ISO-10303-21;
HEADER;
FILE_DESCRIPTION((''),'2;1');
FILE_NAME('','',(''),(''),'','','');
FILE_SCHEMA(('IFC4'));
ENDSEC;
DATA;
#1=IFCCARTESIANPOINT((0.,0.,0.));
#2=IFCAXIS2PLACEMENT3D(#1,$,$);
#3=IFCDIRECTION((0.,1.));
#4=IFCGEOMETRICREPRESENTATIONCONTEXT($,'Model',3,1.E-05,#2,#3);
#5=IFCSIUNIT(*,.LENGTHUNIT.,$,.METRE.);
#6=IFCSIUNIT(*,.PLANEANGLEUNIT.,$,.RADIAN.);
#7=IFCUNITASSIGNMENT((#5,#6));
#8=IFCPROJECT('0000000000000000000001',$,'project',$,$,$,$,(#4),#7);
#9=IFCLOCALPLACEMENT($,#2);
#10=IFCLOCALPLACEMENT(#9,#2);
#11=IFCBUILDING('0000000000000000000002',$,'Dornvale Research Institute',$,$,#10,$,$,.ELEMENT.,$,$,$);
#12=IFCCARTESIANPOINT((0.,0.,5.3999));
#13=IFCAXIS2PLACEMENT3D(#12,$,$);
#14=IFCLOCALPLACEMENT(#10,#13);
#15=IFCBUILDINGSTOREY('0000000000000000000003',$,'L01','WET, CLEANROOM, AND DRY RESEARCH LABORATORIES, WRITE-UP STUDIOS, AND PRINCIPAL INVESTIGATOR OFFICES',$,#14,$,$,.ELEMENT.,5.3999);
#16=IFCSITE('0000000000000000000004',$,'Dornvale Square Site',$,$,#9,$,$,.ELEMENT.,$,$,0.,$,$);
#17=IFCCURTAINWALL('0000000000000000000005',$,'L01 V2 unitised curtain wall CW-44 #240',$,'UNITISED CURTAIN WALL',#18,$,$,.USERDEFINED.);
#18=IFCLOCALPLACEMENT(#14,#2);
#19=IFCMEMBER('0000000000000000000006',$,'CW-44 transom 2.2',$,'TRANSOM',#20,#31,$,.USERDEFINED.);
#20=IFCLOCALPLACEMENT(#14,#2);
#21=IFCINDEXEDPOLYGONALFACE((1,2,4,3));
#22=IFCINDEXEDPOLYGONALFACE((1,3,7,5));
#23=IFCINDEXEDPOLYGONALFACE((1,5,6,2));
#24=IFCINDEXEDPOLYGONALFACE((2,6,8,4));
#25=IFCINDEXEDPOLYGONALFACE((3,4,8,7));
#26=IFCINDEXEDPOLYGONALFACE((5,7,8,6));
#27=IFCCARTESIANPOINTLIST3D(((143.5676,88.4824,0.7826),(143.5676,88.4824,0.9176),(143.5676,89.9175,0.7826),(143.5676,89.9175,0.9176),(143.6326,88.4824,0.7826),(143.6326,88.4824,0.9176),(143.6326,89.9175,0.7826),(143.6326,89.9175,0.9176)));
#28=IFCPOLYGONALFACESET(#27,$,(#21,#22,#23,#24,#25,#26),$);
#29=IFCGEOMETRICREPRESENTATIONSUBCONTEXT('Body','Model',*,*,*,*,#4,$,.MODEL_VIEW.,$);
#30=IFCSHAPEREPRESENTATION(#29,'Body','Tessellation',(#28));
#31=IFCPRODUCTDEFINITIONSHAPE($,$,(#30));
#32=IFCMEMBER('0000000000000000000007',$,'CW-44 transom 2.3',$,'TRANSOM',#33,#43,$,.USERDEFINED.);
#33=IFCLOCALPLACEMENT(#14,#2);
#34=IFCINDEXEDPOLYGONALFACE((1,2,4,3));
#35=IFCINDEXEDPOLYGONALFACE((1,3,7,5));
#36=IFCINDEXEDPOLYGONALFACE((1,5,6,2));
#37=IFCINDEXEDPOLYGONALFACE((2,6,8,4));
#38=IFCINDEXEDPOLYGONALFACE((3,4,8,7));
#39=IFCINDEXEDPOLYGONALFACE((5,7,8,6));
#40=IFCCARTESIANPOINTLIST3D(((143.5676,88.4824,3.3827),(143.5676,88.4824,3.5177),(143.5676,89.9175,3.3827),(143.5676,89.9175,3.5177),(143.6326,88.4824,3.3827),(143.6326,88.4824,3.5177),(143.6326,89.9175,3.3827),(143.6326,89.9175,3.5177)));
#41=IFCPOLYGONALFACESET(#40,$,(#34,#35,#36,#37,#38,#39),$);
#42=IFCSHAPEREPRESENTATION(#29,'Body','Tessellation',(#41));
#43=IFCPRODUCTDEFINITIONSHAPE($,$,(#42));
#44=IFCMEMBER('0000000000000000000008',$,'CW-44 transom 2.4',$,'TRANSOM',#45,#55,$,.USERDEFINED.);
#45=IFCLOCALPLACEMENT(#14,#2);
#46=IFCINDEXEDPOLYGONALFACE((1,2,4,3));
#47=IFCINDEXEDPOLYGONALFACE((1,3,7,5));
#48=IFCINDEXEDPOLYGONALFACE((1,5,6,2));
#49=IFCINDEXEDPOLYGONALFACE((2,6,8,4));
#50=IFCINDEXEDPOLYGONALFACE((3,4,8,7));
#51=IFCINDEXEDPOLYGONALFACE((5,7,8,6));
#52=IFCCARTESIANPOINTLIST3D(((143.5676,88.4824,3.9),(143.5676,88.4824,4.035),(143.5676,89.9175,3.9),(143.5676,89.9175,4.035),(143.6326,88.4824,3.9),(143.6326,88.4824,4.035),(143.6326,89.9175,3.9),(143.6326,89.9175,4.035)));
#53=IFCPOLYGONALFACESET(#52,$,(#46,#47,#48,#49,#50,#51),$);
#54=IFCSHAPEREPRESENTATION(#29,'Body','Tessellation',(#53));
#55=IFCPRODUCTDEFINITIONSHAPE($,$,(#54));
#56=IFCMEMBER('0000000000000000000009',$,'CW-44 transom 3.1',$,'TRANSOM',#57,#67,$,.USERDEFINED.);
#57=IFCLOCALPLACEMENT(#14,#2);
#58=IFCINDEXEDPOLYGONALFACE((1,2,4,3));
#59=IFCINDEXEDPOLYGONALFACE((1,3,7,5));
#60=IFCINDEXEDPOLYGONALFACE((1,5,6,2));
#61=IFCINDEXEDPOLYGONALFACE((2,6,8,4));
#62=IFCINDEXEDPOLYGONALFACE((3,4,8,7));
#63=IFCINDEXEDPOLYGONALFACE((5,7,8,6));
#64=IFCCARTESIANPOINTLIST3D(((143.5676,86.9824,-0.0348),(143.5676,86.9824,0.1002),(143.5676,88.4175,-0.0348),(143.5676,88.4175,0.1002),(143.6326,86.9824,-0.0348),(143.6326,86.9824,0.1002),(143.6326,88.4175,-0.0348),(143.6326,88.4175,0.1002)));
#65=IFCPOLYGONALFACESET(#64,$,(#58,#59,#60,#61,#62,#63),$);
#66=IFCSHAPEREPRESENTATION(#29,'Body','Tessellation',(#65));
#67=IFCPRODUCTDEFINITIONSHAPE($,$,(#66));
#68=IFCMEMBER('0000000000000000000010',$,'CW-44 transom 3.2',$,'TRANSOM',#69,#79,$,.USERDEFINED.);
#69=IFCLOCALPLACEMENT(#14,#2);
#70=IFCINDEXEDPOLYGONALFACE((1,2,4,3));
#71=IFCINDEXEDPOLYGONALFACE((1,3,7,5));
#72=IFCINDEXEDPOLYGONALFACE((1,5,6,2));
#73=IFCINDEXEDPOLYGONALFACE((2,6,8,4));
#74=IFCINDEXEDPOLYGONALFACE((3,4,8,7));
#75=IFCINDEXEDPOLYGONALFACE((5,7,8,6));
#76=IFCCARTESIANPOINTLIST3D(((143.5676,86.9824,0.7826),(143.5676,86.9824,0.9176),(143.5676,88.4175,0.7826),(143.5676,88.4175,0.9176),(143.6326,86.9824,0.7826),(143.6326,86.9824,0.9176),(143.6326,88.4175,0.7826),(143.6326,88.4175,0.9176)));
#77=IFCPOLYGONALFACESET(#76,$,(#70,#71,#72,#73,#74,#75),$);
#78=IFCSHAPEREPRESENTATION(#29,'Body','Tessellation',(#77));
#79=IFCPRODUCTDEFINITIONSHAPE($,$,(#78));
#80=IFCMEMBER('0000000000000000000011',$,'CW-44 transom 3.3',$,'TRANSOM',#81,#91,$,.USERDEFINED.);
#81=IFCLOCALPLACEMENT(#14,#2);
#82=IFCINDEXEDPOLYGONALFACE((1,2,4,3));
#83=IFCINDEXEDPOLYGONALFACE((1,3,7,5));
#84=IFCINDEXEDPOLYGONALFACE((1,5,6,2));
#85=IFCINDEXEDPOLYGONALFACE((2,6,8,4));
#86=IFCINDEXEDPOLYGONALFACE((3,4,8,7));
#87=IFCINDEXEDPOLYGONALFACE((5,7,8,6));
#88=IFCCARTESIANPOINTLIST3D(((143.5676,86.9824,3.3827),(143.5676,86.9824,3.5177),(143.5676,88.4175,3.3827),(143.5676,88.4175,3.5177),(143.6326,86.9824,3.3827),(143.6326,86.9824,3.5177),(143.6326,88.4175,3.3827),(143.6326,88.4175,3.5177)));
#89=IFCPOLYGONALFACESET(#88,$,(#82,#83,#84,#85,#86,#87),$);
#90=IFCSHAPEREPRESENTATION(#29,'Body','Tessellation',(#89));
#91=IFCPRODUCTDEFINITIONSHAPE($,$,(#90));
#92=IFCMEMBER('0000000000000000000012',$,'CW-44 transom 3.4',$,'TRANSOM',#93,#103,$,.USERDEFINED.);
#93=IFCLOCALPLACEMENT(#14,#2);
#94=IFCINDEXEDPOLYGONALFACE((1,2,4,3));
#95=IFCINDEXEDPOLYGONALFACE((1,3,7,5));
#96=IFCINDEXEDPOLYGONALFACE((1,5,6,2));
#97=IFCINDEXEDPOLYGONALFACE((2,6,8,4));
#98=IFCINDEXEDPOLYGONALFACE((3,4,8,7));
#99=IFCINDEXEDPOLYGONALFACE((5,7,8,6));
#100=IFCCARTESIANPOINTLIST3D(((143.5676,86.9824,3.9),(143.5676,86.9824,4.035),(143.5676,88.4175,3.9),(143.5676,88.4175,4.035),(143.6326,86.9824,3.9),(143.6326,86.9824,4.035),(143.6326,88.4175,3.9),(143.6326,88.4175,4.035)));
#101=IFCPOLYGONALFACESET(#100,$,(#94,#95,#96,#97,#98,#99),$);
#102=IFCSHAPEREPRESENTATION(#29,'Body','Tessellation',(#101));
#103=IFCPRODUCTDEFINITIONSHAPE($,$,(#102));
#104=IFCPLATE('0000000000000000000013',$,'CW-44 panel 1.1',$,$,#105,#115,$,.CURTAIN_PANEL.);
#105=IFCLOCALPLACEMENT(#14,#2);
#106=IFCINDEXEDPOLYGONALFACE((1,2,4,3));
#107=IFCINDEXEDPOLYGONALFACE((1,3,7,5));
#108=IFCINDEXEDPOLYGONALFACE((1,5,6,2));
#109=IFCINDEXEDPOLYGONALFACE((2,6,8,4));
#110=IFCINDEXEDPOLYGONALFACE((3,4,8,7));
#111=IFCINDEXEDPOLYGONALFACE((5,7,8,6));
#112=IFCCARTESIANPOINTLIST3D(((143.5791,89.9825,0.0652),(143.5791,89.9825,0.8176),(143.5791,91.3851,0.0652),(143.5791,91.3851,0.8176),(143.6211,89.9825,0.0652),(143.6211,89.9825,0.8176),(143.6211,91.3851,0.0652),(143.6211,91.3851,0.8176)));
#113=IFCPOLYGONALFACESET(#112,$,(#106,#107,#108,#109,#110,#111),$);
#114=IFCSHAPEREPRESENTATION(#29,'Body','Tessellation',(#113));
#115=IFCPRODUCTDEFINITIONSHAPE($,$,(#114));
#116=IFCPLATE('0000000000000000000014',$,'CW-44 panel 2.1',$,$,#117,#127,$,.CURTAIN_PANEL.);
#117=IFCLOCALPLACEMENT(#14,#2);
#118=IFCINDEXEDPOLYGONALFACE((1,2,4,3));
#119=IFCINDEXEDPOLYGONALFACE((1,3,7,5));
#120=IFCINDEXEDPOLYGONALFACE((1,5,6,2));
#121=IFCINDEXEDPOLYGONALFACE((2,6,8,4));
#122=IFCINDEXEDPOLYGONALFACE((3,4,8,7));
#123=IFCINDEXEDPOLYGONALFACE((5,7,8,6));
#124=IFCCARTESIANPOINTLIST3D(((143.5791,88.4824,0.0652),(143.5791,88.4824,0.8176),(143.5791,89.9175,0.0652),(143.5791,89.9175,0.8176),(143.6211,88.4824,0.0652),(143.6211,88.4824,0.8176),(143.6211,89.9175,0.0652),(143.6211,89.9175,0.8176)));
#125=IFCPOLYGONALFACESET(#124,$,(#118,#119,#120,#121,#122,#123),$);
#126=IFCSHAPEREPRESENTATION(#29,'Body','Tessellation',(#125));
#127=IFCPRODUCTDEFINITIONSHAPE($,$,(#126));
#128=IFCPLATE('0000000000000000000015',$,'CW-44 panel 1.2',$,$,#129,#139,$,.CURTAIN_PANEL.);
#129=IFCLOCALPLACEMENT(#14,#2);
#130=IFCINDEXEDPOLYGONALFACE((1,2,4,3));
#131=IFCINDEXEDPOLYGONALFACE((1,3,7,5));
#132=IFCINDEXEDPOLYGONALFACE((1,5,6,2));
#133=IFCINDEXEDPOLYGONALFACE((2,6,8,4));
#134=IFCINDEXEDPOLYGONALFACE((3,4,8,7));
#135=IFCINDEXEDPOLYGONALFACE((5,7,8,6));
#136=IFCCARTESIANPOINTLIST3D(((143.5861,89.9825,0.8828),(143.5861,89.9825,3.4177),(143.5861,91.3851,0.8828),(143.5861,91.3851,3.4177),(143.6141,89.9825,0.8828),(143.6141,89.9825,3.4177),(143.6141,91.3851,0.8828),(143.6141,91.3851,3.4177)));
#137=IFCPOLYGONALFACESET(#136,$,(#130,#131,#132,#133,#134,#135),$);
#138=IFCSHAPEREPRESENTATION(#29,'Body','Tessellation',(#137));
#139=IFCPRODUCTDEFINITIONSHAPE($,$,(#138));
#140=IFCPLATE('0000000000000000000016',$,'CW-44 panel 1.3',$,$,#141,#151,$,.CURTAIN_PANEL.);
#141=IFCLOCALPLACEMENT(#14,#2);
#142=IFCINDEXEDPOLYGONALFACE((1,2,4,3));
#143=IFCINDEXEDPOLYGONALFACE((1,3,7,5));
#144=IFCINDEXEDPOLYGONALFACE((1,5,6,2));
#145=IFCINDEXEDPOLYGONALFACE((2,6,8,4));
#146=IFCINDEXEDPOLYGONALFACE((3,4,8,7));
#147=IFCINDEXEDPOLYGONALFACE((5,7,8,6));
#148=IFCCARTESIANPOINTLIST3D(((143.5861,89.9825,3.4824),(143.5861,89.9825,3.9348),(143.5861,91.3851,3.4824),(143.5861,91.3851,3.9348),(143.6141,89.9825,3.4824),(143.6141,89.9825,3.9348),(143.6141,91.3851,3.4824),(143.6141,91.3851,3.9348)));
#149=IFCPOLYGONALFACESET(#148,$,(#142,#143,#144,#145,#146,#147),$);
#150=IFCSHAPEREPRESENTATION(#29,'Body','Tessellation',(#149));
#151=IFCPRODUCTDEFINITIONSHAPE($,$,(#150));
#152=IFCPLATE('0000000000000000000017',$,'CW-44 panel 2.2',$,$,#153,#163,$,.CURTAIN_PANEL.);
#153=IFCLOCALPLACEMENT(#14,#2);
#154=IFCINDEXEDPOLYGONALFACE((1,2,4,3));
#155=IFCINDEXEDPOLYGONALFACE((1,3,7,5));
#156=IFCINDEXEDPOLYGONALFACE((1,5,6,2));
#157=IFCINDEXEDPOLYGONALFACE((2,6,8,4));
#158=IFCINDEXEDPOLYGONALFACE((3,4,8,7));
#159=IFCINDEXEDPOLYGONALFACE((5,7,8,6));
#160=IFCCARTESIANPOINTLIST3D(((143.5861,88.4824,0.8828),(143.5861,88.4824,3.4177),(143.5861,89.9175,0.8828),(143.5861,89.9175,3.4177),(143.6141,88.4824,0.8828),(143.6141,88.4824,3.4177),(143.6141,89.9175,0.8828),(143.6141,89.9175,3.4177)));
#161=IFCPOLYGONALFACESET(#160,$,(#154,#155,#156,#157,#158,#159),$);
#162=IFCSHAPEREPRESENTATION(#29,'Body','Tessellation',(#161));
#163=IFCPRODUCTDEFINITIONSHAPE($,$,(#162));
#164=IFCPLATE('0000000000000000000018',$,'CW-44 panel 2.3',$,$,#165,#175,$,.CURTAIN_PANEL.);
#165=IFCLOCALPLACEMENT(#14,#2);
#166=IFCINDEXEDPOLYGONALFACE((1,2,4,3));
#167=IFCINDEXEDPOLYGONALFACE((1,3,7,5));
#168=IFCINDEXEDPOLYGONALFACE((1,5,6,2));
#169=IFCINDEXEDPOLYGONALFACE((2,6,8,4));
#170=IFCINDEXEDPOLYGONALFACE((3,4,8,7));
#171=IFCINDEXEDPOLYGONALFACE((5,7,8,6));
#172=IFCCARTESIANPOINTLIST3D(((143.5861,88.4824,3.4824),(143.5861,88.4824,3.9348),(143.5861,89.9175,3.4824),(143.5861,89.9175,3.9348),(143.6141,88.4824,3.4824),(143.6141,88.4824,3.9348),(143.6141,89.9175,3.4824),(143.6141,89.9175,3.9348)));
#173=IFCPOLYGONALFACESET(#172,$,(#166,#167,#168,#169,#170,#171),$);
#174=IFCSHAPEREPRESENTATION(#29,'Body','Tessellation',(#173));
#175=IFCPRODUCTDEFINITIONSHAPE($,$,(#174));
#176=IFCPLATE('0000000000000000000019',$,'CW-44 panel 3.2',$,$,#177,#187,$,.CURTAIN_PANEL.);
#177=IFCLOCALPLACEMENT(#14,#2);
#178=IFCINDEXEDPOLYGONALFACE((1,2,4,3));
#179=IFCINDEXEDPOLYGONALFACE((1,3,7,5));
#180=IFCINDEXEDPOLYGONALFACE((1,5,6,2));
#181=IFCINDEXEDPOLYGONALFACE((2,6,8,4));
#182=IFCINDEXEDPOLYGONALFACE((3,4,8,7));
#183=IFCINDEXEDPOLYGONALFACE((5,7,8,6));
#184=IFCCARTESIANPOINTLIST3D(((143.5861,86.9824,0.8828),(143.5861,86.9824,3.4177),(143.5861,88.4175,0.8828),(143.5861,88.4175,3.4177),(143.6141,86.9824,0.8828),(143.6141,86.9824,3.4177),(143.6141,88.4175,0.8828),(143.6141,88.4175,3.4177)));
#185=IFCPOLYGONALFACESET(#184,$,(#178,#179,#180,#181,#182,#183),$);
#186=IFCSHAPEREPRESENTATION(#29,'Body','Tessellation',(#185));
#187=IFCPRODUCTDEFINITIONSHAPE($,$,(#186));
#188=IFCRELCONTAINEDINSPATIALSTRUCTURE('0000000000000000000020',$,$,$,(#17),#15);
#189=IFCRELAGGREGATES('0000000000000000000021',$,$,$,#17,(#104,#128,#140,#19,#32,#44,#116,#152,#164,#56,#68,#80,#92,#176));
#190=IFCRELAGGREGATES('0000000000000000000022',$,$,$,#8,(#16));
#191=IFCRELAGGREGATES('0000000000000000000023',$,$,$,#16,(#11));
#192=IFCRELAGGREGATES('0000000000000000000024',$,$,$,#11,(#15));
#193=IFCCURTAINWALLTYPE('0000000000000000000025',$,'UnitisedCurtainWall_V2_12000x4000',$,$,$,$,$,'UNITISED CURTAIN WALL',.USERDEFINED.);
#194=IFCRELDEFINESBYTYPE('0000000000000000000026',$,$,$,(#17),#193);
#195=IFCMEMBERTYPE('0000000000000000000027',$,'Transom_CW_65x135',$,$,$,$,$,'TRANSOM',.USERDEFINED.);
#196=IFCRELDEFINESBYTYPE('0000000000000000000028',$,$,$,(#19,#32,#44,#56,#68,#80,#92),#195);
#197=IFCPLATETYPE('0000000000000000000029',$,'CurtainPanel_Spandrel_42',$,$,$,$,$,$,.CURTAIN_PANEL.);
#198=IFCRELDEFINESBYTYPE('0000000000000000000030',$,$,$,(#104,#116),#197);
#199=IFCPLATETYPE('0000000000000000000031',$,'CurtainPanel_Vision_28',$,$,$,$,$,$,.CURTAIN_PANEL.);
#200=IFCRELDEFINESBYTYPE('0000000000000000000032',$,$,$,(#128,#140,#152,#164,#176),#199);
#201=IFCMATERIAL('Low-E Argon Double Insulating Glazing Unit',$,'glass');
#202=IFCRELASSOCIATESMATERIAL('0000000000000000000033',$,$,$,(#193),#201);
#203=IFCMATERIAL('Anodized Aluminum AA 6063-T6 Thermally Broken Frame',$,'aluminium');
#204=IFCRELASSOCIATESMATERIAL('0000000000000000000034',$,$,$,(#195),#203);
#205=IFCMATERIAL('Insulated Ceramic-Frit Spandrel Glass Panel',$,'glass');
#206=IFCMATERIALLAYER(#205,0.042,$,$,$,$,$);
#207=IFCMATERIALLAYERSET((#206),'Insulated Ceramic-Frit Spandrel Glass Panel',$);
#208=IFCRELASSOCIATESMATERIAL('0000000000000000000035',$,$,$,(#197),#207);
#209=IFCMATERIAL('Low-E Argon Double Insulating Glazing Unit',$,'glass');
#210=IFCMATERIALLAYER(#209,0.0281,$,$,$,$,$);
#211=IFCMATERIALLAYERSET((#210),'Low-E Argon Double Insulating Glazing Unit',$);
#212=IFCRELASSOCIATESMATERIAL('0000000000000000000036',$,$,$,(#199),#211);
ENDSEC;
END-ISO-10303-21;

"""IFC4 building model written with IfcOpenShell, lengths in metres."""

from ifc_helpers import new_model, si_unit, direction, frame, origin, origin_2d, place, context, subcontext, project, spatial, rectangle, extrude, material, layer, layer_set, material_profile, profile_set, type_object, element, aggregate, save


model = new_model("IFC4")

# Units and contexts
model_context = context("Model", 3, precision=1e-05, world=origin(), true_north=direction((0.0, 1.0)))
body_context = subcontext(model_context, "Body", "Model", "MODEL_VIEW")
ifc_project = project(units=[si_unit("LENGTHUNIT", "METRE"), si_unit("PLANEANGLEUNIT", "RADIAN")], contexts=[model_context])

# Site, building, storey
site_placement = place(None, origin())
site = spatial("IfcSite", under=ifc_project, at=site_placement, Name="Dornvale Square Site", CompositionType="ELEMENT", RefElevation=0.0)
building_placement = place(site_placement, origin())
building = spatial("IfcBuilding", under=site, at=building_placement, Name="Dornvale Research Institute", CompositionType="ELEMENT")
storey_placement = place(building_placement, frame((0.0, 0.0, 5.3999)))
storey = spatial("IfcBuildingStorey", under=building, at=storey_placement, Name="L01", Description="WET, CLEANROOM, AND DRY RESEARCH LABORATORIES, WRITE-UP STUDIOS, AND PRINCIPAL INVESTIGATOR OFFICES", CompositionType="ELEMENT", Elevation=5.3999)

# Curtain wall
ifc_material_1 = material(Name="Low-E Argon Double Insulating Glazing Unit", Category="glass")
curtain_wall_type = type_object("IfcCurtainWallType", Name="UnitisedCurtainWall_V2_12000x4000", ElementType="UNITISED CURTAIN WALL", PredefinedType="USERDEFINED", material=ifc_material_1)
curtain_wall_placement = place(storey_placement, origin())
curtain_wall = element("IfcCurtainWall", 1, at=curtain_wall_placement, inside=storey, type_object=curtain_wall_type, Name="L01 V2 unitised curtain wall CW-44 #240", ObjectType="UNITISED CURTAIN WALL", PredefinedType="USERDEFINED")

# Members
ifc_material_2 = material(Name="Anodized Aluminum AA 6063-T6 Thermally Broken Frame", Category="aluminium")
ifc_material_profile_1 = material_profile(ifc_material_2, rectangle(XDim=0.0649, YDim=0.135, at=origin_2d()), Name="ALU TRANSOM 65x135")
ifc_profile_set_1 = profile_set([ifc_material_profile_1], Name="Anodized Aluminum AA 6063-T6 Thermally Broken Frame")
member_type_1 = type_object("IfcMemberType", Name="Transom_CW_65x135", ElementType="TRANSOM", PredefinedType="USERDEFINED", material=ifc_profile_set_1)
member_1_placement = place(storey_placement, frame((143.6001, 89.9175, 0.8501), z_axis=(0.0, -1.0, 0.0), x_axis=(1.0, 0.0, 0.0)))
member_1 = element("IfcMember", 2, at=member_1_placement, type_object=member_type_1, Name="CW-44 transom 2.2", ObjectType="TRANSOM", PredefinedType="USERDEFINED", context=body_context, shape_type="SweptSolid", body=[
    extrude(rectangle(XDim=0.0649, YDim=0.135, at=origin_2d()), origin(), (0.0, 0.0, 1.0), 1.4351),
])
member_2_placement = place(storey_placement, frame((143.6001, 89.9175, 3.4502), z_axis=(0.0, -1.0, 0.0), x_axis=(1.0, 0.0, 0.0)))
member_2 = element("IfcMember", 3, at=member_2_placement, type_object=member_type_1, Name="CW-44 transom 2.3", ObjectType="TRANSOM", PredefinedType="USERDEFINED", context=body_context, shape_type="SweptSolid", body=[
    extrude(rectangle(XDim=0.0649, YDim=0.135, at=origin_2d()), origin(), (0.0, 0.0, 1.0), 1.4351),
])
member_3_placement = place(storey_placement, frame((143.6001, 89.9175, 3.9675), z_axis=(0.0, -1.0, 0.0), x_axis=(1.0, 0.0, 0.0)))
member_3 = element("IfcMember", 4, at=member_3_placement, type_object=member_type_1, Name="CW-44 transom 2.4", ObjectType="TRANSOM", PredefinedType="USERDEFINED", context=body_context, shape_type="SweptSolid", body=[
    extrude(rectangle(XDim=0.0649, YDim=0.135, at=origin_2d()), origin(), (0.0, 0.0, 1.0), 1.4351),
])
member_4_placement = place(storey_placement, frame((143.6001, 88.4175, 0.0327), z_axis=(0.0, -1.0, 0.0), x_axis=(1.0, 0.0, 0.0)))
member_4 = element("IfcMember", 5, at=member_4_placement, type_object=member_type_1, Name="CW-44 transom 3.1", ObjectType="TRANSOM", PredefinedType="USERDEFINED", context=body_context, shape_type="SweptSolid", body=[
    extrude(rectangle(XDim=0.0649, YDim=0.135, at=origin_2d()), origin(), (0.0, 0.0, 1.0), 1.4351),
])
member_5_placement = place(storey_placement, frame((143.6001, 88.4175, 0.8501), z_axis=(0.0, -1.0, 0.0), x_axis=(1.0, 0.0, 0.0)))
member_5 = element("IfcMember", 6, at=member_5_placement, type_object=member_type_1, Name="CW-44 transom 3.2", ObjectType="TRANSOM", PredefinedType="USERDEFINED", context=body_context, shape_type="SweptSolid", body=[
    extrude(rectangle(XDim=0.0649, YDim=0.135, at=origin_2d()), origin(), (0.0, 0.0, 1.0), 1.4351),
])
member_6_placement = place(storey_placement, frame((143.6001, 88.4175, 3.4502), z_axis=(0.0, -1.0, 0.0), x_axis=(1.0, 0.0, 0.0)))
member_6 = element("IfcMember", 7, at=member_6_placement, type_object=member_type_1, Name="CW-44 transom 3.3", ObjectType="TRANSOM", PredefinedType="USERDEFINED", context=body_context, shape_type="SweptSolid", body=[
    extrude(rectangle(XDim=0.0649, YDim=0.135, at=origin_2d()), origin(), (0.0, 0.0, 1.0), 1.4351),
])
member_7_placement = place(storey_placement, frame((143.6001, 88.4175, 3.9675), z_axis=(0.0, -1.0, 0.0), x_axis=(1.0, 0.0, 0.0)))
member_7 = element("IfcMember", 8, at=member_7_placement, type_object=member_type_1, Name="CW-44 transom 3.4", ObjectType="TRANSOM", PredefinedType="USERDEFINED", context=body_context, shape_type="SweptSolid", body=[
    extrude(rectangle(XDim=0.0649, YDim=0.135, at=origin_2d()), origin(), (0.0, 0.0, 1.0), 1.4351),
])

# Plates
ifc_material_3 = material(Name="Insulated Ceramic-Frit Spandrel Glass Panel", Category="glass")
ifc_layer_1 = layer(ifc_material_3, 0.042)
ifc_layer_set_1 = layer_set([ifc_layer_1], Name="Insulated Ceramic-Frit Spandrel Glass Panel")
plate_type_1 = type_object("IfcPlateType", Name="CurtainPanel_Spandrel_42", PredefinedType="CURTAIN_PANEL", material=ifc_layer_set_1)
plate_1_placement = place(storey_placement, frame((143.6001, 90.6838, 0.0652), z_axis=(0.0, 0.0, 1.0), x_axis=(0.0, -1.0, 0.0)))
plate_1 = element("IfcPlate", 9, at=plate_1_placement, type_object=plate_type_1, Name="CW-44 panel 1.1", PredefinedType="CURTAIN_PANEL", context=body_context, shape_type="SweptSolid", body=[
    extrude(rectangle(XDim=1.4026, YDim=0.042, at=origin_2d()), origin(), (0.0, 0.0, 1.0), 0.7524),
])
plate_2_placement = place(storey_placement, frame((143.6001, 89.2, 0.0652), z_axis=(0.0, 0.0, 1.0), x_axis=(0.0, -1.0, 0.0)))
plate_2 = element("IfcPlate", 10, at=plate_2_placement, type_object=plate_type_1, Name="CW-44 panel 2.1", PredefinedType="CURTAIN_PANEL", context=body_context, shape_type="SweptSolid", body=[
    extrude(rectangle(XDim=1.4351, YDim=0.042, at=origin_2d()), origin(), (0.0, 0.0, 1.0), 0.7524),
])
ifc_material_4 = material(Name="Low-E Argon Double Insulating Glazing Unit", Category="glass")
ifc_layer_2 = layer(ifc_material_4, 0.0281)
ifc_layer_set_2 = layer_set([ifc_layer_2], Name="Low-E Argon Double Insulating Glazing Unit")
plate_type_2 = type_object("IfcPlateType", Name="CurtainPanel_Vision_28", PredefinedType="CURTAIN_PANEL", material=ifc_layer_set_2)
plate_3_placement = place(storey_placement, frame((143.6001, 90.6838, 0.8828), z_axis=(0.0, 0.0, 1.0), x_axis=(0.0, -1.0, 0.0)))
plate_3 = element("IfcPlate", 11, at=plate_3_placement, type_object=plate_type_2, Name="CW-44 panel 1.2", PredefinedType="CURTAIN_PANEL", context=body_context, shape_type="SweptSolid", body=[
    extrude(rectangle(XDim=1.4026, YDim=0.0281, at=origin_2d()), origin(), (0.0, 0.0, 1.0), 2.5349),
])
plate_4_placement = place(storey_placement, frame((143.6001, 90.6838, 3.4824), z_axis=(0.0, 0.0, 1.0), x_axis=(0.0, -1.0, 0.0)))
plate_4 = element("IfcPlate", 12, at=plate_4_placement, type_object=plate_type_2, Name="CW-44 panel 1.3", PredefinedType="CURTAIN_PANEL", context=body_context, shape_type="SweptSolid", body=[
    extrude(rectangle(XDim=1.4026, YDim=0.0281, at=origin_2d()), origin(), (0.0, 0.0, 1.0), 0.4524),
])
plate_5_placement = place(storey_placement, frame((143.6001, 89.2, 0.8828), z_axis=(0.0, 0.0, 1.0), x_axis=(0.0, -1.0, 0.0)))
plate_5 = element("IfcPlate", 13, at=plate_5_placement, type_object=plate_type_2, Name="CW-44 panel 2.2", PredefinedType="CURTAIN_PANEL", context=body_context, shape_type="SweptSolid", body=[
    extrude(rectangle(XDim=1.4351, YDim=0.0281, at=origin_2d()), origin(), (0.0, 0.0, 1.0), 2.5349),
])
plate_6_placement = place(storey_placement, frame((143.6001, 89.2, 3.4824), z_axis=(0.0, 0.0, 1.0), x_axis=(0.0, -1.0, 0.0)))
plate_6 = element("IfcPlate", 14, at=plate_6_placement, type_object=plate_type_2, Name="CW-44 panel 2.3", PredefinedType="CURTAIN_PANEL", context=body_context, shape_type="SweptSolid", body=[
    extrude(rectangle(XDim=1.4351, YDim=0.0281, at=origin_2d()), origin(), (0.0, 0.0, 1.0), 0.4524),
])
plate_7_placement = place(storey_placement, frame((143.6001, 87.7, 0.8828), z_axis=(0.0, 0.0, 1.0), x_axis=(0.0, -1.0, 0.0)))
plate_7 = element("IfcPlate", 15, at=plate_7_placement, type_object=plate_type_2, Name="CW-44 panel 3.2", PredefinedType="CURTAIN_PANEL", context=body_context, shape_type="SweptSolid", body=[
    extrude(rectangle(XDim=1.4351, YDim=0.0281, at=origin_2d()), origin(), (0.0, 0.0, 1.0), 2.5349),
])
aggregate(curtain_wall, [plate_1, plate_3, plate_4, member_1, member_2, member_3, plate_2, plate_5, plate_6, member_4, member_5, member_6, member_7, plate_7])

save(model, "model.ifc")
